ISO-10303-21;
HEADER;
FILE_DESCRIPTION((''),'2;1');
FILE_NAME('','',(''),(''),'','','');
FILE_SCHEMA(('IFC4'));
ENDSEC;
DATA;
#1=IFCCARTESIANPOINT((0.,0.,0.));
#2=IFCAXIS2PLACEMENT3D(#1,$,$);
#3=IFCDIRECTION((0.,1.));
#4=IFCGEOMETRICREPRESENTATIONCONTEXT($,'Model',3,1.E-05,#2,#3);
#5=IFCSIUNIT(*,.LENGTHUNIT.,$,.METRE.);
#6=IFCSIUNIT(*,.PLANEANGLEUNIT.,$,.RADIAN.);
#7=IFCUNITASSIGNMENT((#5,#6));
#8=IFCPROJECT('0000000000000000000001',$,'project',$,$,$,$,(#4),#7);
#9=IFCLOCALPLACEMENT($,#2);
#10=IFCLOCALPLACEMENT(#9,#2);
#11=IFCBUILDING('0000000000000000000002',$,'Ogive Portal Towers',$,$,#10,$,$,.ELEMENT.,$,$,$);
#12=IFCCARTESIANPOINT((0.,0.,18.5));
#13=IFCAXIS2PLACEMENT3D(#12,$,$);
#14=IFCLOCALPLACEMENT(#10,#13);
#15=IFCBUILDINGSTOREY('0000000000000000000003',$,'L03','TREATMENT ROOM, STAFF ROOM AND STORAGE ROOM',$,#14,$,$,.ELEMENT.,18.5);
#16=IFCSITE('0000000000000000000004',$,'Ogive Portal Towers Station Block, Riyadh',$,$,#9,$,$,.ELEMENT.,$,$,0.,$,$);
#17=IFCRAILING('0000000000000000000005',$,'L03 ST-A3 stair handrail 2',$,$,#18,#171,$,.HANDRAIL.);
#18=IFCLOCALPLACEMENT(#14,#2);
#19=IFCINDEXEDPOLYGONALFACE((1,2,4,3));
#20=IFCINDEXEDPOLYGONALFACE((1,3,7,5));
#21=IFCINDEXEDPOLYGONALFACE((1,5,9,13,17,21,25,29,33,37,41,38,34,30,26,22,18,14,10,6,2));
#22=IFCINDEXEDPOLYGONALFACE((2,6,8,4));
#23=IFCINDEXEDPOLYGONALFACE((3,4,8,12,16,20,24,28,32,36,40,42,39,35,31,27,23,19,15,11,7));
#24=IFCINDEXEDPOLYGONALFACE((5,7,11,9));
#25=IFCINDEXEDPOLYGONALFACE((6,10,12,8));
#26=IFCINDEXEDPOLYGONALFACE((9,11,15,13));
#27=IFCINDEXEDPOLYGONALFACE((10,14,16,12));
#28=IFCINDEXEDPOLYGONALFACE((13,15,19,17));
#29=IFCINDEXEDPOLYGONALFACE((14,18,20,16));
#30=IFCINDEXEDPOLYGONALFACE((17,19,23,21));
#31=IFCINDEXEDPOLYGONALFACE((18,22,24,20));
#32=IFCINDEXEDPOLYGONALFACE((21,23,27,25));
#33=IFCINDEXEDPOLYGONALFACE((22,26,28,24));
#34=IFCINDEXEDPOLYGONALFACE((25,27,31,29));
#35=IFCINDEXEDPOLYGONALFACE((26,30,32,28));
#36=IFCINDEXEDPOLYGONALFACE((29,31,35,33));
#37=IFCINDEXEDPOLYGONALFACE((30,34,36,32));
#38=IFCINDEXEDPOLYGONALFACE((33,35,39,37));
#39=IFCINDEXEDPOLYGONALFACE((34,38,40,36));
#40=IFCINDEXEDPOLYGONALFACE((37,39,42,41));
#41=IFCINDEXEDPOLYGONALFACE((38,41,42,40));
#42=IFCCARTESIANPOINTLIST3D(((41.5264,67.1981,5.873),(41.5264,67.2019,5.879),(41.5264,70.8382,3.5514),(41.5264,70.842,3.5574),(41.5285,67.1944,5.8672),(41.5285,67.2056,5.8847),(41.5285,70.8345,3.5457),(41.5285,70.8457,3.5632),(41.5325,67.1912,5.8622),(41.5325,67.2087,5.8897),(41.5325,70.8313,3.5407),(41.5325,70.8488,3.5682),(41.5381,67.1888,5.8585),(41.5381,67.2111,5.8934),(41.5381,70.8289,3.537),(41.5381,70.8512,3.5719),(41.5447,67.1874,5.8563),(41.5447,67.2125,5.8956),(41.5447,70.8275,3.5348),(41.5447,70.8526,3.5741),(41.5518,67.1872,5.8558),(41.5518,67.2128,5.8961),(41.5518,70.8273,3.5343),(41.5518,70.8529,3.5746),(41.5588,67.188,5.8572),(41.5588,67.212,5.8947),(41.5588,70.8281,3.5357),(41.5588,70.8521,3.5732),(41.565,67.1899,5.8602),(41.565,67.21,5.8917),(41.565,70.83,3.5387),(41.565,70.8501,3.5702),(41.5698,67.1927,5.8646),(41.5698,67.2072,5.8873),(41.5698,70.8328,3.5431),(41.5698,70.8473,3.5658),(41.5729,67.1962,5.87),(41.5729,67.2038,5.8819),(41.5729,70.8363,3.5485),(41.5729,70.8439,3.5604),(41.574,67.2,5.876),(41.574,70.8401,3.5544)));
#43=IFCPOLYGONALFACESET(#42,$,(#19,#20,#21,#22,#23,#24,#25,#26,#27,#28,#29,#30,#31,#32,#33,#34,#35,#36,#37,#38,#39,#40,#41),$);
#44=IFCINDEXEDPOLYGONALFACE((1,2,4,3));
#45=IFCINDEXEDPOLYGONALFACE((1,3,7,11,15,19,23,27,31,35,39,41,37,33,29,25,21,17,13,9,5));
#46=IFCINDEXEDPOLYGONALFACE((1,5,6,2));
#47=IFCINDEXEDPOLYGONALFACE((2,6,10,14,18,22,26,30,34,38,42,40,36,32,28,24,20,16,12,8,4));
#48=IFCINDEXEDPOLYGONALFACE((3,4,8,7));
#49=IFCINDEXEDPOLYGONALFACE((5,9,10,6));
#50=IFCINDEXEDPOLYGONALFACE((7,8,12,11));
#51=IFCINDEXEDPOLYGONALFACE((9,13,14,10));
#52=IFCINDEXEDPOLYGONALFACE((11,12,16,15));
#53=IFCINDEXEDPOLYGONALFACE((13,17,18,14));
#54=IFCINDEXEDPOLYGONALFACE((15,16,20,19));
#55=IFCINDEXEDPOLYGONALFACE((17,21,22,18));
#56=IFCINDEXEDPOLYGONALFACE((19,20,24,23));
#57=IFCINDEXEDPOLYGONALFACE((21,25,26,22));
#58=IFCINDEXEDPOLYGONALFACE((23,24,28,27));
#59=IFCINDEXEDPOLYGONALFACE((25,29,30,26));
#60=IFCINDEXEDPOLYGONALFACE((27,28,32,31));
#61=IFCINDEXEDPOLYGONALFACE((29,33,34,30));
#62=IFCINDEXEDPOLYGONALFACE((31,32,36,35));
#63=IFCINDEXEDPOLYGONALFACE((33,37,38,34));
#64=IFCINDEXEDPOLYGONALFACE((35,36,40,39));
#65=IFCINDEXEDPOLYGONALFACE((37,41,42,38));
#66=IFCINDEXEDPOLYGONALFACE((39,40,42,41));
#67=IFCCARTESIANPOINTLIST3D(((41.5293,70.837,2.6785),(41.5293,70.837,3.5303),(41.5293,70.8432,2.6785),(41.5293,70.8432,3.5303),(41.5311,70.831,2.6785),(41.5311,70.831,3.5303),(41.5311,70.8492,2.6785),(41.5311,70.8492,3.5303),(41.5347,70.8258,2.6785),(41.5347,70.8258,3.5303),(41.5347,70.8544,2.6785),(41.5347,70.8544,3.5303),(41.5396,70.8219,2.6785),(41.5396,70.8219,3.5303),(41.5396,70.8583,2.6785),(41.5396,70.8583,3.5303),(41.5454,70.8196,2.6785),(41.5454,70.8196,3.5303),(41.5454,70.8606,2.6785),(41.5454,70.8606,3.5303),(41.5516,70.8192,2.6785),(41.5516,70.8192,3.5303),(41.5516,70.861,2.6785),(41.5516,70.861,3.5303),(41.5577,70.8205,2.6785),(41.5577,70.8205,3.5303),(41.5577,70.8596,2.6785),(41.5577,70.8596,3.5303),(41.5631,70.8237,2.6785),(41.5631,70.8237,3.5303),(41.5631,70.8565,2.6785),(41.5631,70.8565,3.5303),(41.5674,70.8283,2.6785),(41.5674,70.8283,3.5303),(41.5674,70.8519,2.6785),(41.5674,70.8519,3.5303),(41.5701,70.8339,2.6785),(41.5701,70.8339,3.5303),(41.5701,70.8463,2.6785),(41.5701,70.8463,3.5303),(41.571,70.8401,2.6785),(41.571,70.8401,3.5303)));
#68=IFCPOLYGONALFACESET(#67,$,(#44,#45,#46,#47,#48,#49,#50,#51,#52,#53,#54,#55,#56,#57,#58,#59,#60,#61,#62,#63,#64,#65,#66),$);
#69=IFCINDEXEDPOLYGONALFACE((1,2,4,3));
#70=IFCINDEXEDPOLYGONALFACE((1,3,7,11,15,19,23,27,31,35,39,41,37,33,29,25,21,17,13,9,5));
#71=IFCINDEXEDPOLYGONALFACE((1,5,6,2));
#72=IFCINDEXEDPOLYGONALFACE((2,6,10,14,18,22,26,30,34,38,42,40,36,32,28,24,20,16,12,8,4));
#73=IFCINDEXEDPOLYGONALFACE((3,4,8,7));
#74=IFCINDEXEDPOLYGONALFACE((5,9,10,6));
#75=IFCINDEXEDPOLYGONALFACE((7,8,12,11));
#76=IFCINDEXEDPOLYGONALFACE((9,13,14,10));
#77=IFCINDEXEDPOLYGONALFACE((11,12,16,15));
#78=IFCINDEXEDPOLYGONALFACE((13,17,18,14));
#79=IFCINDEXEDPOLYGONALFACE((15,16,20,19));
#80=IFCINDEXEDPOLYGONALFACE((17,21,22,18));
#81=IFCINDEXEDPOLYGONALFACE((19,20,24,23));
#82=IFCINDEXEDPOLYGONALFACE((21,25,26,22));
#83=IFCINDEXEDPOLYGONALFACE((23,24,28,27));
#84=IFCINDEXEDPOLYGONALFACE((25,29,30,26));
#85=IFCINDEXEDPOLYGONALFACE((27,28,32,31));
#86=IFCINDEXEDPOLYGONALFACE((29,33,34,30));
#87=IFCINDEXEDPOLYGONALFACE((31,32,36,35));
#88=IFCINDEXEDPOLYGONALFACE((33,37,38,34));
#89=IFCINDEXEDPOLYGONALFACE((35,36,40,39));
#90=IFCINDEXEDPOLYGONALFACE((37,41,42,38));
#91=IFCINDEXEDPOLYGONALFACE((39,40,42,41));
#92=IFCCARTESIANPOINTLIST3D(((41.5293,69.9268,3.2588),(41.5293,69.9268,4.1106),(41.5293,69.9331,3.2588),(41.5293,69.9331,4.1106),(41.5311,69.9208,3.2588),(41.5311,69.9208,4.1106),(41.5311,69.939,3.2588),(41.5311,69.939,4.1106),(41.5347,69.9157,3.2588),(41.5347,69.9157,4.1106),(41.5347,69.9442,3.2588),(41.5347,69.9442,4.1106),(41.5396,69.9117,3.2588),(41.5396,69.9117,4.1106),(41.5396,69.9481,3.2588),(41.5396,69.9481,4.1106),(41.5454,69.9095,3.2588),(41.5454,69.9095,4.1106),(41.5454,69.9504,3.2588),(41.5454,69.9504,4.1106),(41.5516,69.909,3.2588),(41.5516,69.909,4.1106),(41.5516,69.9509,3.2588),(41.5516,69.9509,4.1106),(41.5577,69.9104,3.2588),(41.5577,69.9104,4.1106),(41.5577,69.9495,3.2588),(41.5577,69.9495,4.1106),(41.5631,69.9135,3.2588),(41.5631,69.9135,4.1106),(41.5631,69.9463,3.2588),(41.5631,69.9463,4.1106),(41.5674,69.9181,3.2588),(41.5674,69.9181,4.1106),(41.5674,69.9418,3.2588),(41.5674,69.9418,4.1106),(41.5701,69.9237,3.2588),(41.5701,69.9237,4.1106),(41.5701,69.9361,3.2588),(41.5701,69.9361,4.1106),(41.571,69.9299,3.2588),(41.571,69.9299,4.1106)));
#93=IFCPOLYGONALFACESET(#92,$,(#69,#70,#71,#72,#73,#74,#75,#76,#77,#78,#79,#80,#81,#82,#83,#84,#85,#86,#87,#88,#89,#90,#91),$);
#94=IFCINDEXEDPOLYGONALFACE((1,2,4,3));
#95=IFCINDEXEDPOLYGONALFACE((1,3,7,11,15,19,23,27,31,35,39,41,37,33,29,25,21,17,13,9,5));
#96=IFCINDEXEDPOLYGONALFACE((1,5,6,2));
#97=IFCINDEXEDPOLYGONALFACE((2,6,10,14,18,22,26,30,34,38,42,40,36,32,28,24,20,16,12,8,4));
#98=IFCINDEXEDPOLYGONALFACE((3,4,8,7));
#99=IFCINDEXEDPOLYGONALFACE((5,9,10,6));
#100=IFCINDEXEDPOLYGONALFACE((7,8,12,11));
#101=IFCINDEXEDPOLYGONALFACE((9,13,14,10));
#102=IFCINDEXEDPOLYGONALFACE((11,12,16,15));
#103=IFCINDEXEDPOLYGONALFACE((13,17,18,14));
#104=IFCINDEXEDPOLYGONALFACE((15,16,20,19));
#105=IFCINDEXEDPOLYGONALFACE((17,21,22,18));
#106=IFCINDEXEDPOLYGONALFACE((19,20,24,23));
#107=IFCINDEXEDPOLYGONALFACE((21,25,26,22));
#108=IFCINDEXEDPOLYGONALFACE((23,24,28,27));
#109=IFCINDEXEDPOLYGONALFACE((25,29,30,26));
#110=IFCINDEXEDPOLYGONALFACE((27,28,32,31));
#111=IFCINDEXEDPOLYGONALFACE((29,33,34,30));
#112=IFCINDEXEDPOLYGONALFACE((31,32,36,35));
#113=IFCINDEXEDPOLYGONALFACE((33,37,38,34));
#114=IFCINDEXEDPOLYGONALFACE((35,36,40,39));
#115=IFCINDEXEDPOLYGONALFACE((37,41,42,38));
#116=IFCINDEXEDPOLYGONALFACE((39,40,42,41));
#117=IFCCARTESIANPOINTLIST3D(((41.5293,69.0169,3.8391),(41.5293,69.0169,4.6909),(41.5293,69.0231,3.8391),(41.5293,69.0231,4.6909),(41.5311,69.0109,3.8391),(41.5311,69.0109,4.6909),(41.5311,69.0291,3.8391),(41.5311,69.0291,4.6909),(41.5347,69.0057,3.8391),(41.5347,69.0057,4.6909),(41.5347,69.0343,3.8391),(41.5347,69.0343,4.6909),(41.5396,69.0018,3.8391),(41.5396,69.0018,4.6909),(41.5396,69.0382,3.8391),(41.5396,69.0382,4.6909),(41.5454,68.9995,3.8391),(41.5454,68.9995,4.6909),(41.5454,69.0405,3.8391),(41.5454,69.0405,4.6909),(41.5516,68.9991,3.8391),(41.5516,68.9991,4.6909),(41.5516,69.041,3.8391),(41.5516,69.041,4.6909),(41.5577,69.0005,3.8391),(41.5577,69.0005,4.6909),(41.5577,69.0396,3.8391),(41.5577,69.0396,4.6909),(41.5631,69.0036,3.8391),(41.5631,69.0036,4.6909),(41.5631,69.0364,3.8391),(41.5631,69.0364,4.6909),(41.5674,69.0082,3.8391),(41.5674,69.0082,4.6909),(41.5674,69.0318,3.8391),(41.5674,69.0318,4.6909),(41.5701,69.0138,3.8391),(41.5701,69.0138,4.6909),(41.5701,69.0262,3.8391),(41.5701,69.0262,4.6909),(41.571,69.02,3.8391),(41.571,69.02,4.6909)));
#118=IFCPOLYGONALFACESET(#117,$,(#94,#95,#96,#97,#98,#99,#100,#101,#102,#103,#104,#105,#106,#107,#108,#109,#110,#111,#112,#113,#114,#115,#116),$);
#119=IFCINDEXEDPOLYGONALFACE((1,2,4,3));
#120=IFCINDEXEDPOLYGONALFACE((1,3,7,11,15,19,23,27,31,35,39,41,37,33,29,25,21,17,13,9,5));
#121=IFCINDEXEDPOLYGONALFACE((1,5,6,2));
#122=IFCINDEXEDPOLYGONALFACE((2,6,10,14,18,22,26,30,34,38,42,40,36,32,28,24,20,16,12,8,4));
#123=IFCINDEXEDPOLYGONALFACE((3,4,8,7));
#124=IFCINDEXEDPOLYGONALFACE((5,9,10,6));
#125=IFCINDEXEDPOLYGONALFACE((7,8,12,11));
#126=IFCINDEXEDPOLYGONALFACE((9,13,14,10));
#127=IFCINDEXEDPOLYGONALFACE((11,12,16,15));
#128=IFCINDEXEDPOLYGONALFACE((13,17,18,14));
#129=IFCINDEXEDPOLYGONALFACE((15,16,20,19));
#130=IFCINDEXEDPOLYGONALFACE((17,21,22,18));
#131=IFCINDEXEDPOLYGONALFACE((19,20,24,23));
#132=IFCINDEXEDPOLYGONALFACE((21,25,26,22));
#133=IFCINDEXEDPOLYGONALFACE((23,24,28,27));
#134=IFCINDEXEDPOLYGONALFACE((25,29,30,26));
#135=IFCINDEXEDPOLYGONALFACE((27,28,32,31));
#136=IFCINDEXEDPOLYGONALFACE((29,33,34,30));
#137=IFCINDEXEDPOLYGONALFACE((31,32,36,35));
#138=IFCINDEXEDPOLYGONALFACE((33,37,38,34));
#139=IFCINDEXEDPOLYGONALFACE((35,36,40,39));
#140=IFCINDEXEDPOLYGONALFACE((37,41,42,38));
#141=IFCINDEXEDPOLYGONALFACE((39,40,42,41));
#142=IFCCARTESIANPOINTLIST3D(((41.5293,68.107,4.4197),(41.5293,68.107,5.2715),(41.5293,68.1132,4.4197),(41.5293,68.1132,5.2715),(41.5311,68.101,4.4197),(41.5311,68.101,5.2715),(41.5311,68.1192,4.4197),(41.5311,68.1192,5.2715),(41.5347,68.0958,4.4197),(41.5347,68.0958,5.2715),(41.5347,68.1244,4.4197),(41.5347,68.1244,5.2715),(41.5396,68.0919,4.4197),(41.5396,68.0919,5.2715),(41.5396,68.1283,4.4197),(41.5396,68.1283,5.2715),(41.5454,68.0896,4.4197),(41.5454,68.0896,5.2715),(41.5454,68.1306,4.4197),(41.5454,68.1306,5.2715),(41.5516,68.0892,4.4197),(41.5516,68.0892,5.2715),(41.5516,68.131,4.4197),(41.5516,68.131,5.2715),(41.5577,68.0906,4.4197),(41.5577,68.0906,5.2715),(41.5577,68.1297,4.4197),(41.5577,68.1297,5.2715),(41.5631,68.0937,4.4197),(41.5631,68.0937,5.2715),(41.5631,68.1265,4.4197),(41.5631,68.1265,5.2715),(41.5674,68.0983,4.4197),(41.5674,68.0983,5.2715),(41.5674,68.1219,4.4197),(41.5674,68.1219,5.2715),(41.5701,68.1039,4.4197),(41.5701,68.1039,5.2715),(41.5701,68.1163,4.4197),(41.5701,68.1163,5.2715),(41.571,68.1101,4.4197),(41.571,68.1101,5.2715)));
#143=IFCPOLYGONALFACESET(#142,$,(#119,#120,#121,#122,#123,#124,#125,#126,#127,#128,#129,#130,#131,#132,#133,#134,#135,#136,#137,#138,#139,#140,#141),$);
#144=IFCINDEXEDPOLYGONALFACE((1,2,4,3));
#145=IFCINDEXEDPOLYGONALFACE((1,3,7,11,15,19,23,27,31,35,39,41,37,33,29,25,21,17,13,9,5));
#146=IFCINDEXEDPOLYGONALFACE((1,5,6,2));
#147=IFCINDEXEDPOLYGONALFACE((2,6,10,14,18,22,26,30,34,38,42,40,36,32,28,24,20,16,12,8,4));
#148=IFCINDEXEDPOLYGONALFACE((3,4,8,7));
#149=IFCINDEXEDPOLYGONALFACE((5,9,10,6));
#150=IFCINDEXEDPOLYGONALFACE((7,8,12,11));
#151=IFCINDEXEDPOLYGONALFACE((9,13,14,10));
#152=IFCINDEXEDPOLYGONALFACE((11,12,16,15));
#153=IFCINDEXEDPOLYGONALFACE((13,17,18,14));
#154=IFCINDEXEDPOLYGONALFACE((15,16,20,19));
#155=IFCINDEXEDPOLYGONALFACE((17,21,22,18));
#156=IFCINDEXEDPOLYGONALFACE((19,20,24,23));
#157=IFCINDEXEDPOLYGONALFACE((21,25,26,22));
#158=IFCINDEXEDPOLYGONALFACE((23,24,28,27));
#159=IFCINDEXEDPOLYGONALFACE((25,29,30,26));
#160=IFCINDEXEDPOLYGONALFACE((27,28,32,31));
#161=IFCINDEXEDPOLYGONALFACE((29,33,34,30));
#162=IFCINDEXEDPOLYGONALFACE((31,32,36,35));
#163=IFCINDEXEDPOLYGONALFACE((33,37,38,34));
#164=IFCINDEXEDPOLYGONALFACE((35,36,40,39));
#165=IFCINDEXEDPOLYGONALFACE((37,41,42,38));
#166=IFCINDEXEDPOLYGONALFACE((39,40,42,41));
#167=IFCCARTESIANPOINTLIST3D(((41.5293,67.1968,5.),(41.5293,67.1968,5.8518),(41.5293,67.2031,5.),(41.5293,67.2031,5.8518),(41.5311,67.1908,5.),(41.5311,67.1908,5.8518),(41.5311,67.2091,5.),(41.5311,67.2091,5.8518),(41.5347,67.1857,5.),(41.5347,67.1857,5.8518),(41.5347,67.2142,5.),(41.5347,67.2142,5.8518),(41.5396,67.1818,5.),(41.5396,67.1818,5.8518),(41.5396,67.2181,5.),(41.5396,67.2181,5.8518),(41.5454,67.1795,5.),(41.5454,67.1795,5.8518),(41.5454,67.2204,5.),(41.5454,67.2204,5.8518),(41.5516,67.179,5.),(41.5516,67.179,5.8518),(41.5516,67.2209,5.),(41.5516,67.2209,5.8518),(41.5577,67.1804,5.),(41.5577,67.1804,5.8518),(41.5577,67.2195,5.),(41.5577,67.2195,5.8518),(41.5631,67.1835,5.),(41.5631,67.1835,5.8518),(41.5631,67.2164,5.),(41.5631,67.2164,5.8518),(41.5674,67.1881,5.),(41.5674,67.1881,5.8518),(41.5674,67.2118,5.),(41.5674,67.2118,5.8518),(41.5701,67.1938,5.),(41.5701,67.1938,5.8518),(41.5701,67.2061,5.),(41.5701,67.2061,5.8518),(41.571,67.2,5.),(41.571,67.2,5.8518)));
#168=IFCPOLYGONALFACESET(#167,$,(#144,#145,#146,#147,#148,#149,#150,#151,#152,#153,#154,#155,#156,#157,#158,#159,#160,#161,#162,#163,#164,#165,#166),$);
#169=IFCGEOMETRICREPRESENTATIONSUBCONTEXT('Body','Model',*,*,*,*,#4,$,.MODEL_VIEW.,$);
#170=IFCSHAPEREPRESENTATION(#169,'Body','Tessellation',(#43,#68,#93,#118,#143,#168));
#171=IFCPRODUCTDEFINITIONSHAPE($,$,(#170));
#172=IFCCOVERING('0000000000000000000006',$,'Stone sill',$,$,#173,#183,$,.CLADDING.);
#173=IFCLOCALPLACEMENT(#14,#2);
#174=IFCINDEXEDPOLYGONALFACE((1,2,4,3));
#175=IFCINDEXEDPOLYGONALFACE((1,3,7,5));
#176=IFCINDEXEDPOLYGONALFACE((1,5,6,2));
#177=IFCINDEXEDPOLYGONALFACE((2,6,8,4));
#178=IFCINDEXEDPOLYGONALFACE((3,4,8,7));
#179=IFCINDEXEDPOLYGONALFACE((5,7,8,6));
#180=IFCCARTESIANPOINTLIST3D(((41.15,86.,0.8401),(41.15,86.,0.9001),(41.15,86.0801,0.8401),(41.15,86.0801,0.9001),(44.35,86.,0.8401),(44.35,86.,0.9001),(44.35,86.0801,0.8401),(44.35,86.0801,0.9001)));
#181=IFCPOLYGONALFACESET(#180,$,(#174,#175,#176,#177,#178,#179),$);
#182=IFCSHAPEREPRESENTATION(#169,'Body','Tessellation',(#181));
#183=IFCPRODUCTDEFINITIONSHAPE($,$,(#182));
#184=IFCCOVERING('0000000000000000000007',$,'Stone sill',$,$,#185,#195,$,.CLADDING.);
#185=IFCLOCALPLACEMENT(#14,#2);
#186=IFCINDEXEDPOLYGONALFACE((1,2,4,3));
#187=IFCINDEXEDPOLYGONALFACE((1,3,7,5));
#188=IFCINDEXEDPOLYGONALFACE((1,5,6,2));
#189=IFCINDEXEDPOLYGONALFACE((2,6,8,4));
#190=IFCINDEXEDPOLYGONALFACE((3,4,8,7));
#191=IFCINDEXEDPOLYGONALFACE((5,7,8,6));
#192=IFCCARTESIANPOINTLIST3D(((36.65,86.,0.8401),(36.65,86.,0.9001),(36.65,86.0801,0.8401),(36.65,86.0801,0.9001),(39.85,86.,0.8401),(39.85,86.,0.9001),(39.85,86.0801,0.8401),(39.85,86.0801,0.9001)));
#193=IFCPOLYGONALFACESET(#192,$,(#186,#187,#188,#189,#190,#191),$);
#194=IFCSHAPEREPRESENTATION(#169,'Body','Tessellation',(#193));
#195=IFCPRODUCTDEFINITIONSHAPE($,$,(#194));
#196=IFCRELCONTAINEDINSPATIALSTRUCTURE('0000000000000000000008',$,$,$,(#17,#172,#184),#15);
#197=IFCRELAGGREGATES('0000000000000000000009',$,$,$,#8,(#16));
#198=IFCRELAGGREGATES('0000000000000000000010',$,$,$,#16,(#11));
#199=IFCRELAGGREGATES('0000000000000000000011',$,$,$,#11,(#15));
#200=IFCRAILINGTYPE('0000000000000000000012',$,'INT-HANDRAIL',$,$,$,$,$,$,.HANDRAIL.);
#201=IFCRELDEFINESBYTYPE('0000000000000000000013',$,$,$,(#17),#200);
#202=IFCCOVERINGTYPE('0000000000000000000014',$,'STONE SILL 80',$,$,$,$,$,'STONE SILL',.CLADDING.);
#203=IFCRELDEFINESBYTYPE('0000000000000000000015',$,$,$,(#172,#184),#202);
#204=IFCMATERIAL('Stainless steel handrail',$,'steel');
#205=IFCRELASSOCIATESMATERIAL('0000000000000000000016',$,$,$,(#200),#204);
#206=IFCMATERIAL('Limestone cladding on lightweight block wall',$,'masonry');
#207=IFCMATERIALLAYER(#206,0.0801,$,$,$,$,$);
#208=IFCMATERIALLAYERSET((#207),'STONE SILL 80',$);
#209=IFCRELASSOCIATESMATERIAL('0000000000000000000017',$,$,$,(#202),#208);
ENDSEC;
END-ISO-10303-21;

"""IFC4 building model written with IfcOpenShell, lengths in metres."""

from ifc_helpers import new_model, si_unit, direction, frame, origin, origin_2d, place, context, subcontext, project, spatial, rectangle, circle, extrude, material, layer, layer_set, type_object, element, save


model = new_model("IFC4")

# Units and contexts
model_context = context("Model", 3, precision=1e-05, world=origin(), true_north=direction((0.0, 1.0)))
body_context = subcontext(model_context, "Body", "Model", "MODEL_VIEW")
ifc_project = project(units=[si_unit("LENGTHUNIT", "METRE"), si_unit("PLANEANGLEUNIT", "RADIAN")], contexts=[model_context])

# Site, building, storey
site_placement = place(None, origin())
site = spatial("IfcSite", under=ifc_project, at=site_placement, Name="Ogive Portal Towers Station Block, Riyadh", CompositionType="ELEMENT", RefElevation=0.0)
building_placement = place(site_placement, origin())
building = spatial("IfcBuilding", under=site, at=building_placement, Name="Ogive Portal Towers", CompositionType="ELEMENT")
storey_placement = place(building_placement, frame((0.0, 0.0, 18.5)))
storey = spatial("IfcBuildingStorey", under=building, at=storey_placement, Name="L03", Description="TREATMENT ROOM, STAFF ROOM AND STORAGE ROOM", CompositionType="ELEMENT", Elevation=18.5)

# Railing
ifc_material_1 = material(Name="Stainless steel handrail", Category="steel")
railing_type_1 = type_object("IfcRailingType", Name="INT-HANDRAIL", PredefinedType="HANDRAIL", material=ifc_material_1)
railing_1_placement = place(storey_placement, frame((41.55, 70.8401, 2.6785)))
element("IfcRailing", 1, at=railing_1_placement, inside=storey, type_object=railing_type_1, Name="L03 ST-A3 stair handrail 2", PredefinedType="HANDRAIL", context=body_context, shape_type="SweptSolid", body=[
    extrude(circle(Radius=0.0239, at=origin_2d()), frame((0.0, 0.0, 0.876), z_axis=(0.0, -0.843128, 0.537713), x_axis=(1.0, 0.0, 0.0)), (0.0, 0.0, 1.0), 4.3174),
    extrude(circle(Radius=0.021, at=origin_2d()), origin(), (0.0, 0.0, 1.0), 0.8518),
    extrude(circle(Radius=0.021, at=origin_2d()), frame((0.0, -0.9102, 0.5803)), (0.0, 0.0, 1.0), 0.8518),
    extrude(circle(Radius=0.021, at=origin_2d()), frame((0.0, -1.8201, 1.1606)), (0.0, 0.0, 1.0), 0.8518),
    extrude(circle(Radius=0.021, at=origin_2d()), frame((0.0, -2.73, 1.7412)), (0.0, 0.0, 1.0), 0.8518),
    extrude(circle(Radius=0.021, at=origin_2d()), frame((0.0, -3.6401, 2.3215)), (0.0, 0.0, 1.0), 0.8518),
])

# Coverings
ifc_material_2 = material(Name="Limestone cladding on lightweight block wall", Category="masonry")
ifc_layer_1 = layer(ifc_material_2, 0.0801)
ifc_layer_set_1 = layer_set([ifc_layer_1], Name="STONE SILL 80")
covering_type = type_object("IfcCoveringType", Name="STONE SILL 80", ElementType="STONE SILL", PredefinedType="CLADDING", material=ifc_layer_set_1)
for number, where, z_axis, x_axis, name in (
    (2, (42.75, 86.04, 0.8401), (0.0, 0.0, 1.0), (-1.0, 0.0, 0.0), "Stone sill"),
    (3, (38.25, 86.04, 0.8401), (0.0, 0.0, 1.0), (-1.0, 0.0, 0.0), "Stone sill"),
):
    element("IfcCovering", number, at=place(storey_placement, frame(where, z_axis=z_axis, x_axis=x_axis)), inside=storey, type_object=covering_type, Name=name, PredefinedType="CLADDING", context=body_context, shape_type="SweptSolid", body=[
        extrude(rectangle(XDim=3.2, YDim=0.0801, at=origin_2d()), origin(), (0.0, 0.0, 1.0), 0.0601),
    ])

save(model, "model.ifc")
